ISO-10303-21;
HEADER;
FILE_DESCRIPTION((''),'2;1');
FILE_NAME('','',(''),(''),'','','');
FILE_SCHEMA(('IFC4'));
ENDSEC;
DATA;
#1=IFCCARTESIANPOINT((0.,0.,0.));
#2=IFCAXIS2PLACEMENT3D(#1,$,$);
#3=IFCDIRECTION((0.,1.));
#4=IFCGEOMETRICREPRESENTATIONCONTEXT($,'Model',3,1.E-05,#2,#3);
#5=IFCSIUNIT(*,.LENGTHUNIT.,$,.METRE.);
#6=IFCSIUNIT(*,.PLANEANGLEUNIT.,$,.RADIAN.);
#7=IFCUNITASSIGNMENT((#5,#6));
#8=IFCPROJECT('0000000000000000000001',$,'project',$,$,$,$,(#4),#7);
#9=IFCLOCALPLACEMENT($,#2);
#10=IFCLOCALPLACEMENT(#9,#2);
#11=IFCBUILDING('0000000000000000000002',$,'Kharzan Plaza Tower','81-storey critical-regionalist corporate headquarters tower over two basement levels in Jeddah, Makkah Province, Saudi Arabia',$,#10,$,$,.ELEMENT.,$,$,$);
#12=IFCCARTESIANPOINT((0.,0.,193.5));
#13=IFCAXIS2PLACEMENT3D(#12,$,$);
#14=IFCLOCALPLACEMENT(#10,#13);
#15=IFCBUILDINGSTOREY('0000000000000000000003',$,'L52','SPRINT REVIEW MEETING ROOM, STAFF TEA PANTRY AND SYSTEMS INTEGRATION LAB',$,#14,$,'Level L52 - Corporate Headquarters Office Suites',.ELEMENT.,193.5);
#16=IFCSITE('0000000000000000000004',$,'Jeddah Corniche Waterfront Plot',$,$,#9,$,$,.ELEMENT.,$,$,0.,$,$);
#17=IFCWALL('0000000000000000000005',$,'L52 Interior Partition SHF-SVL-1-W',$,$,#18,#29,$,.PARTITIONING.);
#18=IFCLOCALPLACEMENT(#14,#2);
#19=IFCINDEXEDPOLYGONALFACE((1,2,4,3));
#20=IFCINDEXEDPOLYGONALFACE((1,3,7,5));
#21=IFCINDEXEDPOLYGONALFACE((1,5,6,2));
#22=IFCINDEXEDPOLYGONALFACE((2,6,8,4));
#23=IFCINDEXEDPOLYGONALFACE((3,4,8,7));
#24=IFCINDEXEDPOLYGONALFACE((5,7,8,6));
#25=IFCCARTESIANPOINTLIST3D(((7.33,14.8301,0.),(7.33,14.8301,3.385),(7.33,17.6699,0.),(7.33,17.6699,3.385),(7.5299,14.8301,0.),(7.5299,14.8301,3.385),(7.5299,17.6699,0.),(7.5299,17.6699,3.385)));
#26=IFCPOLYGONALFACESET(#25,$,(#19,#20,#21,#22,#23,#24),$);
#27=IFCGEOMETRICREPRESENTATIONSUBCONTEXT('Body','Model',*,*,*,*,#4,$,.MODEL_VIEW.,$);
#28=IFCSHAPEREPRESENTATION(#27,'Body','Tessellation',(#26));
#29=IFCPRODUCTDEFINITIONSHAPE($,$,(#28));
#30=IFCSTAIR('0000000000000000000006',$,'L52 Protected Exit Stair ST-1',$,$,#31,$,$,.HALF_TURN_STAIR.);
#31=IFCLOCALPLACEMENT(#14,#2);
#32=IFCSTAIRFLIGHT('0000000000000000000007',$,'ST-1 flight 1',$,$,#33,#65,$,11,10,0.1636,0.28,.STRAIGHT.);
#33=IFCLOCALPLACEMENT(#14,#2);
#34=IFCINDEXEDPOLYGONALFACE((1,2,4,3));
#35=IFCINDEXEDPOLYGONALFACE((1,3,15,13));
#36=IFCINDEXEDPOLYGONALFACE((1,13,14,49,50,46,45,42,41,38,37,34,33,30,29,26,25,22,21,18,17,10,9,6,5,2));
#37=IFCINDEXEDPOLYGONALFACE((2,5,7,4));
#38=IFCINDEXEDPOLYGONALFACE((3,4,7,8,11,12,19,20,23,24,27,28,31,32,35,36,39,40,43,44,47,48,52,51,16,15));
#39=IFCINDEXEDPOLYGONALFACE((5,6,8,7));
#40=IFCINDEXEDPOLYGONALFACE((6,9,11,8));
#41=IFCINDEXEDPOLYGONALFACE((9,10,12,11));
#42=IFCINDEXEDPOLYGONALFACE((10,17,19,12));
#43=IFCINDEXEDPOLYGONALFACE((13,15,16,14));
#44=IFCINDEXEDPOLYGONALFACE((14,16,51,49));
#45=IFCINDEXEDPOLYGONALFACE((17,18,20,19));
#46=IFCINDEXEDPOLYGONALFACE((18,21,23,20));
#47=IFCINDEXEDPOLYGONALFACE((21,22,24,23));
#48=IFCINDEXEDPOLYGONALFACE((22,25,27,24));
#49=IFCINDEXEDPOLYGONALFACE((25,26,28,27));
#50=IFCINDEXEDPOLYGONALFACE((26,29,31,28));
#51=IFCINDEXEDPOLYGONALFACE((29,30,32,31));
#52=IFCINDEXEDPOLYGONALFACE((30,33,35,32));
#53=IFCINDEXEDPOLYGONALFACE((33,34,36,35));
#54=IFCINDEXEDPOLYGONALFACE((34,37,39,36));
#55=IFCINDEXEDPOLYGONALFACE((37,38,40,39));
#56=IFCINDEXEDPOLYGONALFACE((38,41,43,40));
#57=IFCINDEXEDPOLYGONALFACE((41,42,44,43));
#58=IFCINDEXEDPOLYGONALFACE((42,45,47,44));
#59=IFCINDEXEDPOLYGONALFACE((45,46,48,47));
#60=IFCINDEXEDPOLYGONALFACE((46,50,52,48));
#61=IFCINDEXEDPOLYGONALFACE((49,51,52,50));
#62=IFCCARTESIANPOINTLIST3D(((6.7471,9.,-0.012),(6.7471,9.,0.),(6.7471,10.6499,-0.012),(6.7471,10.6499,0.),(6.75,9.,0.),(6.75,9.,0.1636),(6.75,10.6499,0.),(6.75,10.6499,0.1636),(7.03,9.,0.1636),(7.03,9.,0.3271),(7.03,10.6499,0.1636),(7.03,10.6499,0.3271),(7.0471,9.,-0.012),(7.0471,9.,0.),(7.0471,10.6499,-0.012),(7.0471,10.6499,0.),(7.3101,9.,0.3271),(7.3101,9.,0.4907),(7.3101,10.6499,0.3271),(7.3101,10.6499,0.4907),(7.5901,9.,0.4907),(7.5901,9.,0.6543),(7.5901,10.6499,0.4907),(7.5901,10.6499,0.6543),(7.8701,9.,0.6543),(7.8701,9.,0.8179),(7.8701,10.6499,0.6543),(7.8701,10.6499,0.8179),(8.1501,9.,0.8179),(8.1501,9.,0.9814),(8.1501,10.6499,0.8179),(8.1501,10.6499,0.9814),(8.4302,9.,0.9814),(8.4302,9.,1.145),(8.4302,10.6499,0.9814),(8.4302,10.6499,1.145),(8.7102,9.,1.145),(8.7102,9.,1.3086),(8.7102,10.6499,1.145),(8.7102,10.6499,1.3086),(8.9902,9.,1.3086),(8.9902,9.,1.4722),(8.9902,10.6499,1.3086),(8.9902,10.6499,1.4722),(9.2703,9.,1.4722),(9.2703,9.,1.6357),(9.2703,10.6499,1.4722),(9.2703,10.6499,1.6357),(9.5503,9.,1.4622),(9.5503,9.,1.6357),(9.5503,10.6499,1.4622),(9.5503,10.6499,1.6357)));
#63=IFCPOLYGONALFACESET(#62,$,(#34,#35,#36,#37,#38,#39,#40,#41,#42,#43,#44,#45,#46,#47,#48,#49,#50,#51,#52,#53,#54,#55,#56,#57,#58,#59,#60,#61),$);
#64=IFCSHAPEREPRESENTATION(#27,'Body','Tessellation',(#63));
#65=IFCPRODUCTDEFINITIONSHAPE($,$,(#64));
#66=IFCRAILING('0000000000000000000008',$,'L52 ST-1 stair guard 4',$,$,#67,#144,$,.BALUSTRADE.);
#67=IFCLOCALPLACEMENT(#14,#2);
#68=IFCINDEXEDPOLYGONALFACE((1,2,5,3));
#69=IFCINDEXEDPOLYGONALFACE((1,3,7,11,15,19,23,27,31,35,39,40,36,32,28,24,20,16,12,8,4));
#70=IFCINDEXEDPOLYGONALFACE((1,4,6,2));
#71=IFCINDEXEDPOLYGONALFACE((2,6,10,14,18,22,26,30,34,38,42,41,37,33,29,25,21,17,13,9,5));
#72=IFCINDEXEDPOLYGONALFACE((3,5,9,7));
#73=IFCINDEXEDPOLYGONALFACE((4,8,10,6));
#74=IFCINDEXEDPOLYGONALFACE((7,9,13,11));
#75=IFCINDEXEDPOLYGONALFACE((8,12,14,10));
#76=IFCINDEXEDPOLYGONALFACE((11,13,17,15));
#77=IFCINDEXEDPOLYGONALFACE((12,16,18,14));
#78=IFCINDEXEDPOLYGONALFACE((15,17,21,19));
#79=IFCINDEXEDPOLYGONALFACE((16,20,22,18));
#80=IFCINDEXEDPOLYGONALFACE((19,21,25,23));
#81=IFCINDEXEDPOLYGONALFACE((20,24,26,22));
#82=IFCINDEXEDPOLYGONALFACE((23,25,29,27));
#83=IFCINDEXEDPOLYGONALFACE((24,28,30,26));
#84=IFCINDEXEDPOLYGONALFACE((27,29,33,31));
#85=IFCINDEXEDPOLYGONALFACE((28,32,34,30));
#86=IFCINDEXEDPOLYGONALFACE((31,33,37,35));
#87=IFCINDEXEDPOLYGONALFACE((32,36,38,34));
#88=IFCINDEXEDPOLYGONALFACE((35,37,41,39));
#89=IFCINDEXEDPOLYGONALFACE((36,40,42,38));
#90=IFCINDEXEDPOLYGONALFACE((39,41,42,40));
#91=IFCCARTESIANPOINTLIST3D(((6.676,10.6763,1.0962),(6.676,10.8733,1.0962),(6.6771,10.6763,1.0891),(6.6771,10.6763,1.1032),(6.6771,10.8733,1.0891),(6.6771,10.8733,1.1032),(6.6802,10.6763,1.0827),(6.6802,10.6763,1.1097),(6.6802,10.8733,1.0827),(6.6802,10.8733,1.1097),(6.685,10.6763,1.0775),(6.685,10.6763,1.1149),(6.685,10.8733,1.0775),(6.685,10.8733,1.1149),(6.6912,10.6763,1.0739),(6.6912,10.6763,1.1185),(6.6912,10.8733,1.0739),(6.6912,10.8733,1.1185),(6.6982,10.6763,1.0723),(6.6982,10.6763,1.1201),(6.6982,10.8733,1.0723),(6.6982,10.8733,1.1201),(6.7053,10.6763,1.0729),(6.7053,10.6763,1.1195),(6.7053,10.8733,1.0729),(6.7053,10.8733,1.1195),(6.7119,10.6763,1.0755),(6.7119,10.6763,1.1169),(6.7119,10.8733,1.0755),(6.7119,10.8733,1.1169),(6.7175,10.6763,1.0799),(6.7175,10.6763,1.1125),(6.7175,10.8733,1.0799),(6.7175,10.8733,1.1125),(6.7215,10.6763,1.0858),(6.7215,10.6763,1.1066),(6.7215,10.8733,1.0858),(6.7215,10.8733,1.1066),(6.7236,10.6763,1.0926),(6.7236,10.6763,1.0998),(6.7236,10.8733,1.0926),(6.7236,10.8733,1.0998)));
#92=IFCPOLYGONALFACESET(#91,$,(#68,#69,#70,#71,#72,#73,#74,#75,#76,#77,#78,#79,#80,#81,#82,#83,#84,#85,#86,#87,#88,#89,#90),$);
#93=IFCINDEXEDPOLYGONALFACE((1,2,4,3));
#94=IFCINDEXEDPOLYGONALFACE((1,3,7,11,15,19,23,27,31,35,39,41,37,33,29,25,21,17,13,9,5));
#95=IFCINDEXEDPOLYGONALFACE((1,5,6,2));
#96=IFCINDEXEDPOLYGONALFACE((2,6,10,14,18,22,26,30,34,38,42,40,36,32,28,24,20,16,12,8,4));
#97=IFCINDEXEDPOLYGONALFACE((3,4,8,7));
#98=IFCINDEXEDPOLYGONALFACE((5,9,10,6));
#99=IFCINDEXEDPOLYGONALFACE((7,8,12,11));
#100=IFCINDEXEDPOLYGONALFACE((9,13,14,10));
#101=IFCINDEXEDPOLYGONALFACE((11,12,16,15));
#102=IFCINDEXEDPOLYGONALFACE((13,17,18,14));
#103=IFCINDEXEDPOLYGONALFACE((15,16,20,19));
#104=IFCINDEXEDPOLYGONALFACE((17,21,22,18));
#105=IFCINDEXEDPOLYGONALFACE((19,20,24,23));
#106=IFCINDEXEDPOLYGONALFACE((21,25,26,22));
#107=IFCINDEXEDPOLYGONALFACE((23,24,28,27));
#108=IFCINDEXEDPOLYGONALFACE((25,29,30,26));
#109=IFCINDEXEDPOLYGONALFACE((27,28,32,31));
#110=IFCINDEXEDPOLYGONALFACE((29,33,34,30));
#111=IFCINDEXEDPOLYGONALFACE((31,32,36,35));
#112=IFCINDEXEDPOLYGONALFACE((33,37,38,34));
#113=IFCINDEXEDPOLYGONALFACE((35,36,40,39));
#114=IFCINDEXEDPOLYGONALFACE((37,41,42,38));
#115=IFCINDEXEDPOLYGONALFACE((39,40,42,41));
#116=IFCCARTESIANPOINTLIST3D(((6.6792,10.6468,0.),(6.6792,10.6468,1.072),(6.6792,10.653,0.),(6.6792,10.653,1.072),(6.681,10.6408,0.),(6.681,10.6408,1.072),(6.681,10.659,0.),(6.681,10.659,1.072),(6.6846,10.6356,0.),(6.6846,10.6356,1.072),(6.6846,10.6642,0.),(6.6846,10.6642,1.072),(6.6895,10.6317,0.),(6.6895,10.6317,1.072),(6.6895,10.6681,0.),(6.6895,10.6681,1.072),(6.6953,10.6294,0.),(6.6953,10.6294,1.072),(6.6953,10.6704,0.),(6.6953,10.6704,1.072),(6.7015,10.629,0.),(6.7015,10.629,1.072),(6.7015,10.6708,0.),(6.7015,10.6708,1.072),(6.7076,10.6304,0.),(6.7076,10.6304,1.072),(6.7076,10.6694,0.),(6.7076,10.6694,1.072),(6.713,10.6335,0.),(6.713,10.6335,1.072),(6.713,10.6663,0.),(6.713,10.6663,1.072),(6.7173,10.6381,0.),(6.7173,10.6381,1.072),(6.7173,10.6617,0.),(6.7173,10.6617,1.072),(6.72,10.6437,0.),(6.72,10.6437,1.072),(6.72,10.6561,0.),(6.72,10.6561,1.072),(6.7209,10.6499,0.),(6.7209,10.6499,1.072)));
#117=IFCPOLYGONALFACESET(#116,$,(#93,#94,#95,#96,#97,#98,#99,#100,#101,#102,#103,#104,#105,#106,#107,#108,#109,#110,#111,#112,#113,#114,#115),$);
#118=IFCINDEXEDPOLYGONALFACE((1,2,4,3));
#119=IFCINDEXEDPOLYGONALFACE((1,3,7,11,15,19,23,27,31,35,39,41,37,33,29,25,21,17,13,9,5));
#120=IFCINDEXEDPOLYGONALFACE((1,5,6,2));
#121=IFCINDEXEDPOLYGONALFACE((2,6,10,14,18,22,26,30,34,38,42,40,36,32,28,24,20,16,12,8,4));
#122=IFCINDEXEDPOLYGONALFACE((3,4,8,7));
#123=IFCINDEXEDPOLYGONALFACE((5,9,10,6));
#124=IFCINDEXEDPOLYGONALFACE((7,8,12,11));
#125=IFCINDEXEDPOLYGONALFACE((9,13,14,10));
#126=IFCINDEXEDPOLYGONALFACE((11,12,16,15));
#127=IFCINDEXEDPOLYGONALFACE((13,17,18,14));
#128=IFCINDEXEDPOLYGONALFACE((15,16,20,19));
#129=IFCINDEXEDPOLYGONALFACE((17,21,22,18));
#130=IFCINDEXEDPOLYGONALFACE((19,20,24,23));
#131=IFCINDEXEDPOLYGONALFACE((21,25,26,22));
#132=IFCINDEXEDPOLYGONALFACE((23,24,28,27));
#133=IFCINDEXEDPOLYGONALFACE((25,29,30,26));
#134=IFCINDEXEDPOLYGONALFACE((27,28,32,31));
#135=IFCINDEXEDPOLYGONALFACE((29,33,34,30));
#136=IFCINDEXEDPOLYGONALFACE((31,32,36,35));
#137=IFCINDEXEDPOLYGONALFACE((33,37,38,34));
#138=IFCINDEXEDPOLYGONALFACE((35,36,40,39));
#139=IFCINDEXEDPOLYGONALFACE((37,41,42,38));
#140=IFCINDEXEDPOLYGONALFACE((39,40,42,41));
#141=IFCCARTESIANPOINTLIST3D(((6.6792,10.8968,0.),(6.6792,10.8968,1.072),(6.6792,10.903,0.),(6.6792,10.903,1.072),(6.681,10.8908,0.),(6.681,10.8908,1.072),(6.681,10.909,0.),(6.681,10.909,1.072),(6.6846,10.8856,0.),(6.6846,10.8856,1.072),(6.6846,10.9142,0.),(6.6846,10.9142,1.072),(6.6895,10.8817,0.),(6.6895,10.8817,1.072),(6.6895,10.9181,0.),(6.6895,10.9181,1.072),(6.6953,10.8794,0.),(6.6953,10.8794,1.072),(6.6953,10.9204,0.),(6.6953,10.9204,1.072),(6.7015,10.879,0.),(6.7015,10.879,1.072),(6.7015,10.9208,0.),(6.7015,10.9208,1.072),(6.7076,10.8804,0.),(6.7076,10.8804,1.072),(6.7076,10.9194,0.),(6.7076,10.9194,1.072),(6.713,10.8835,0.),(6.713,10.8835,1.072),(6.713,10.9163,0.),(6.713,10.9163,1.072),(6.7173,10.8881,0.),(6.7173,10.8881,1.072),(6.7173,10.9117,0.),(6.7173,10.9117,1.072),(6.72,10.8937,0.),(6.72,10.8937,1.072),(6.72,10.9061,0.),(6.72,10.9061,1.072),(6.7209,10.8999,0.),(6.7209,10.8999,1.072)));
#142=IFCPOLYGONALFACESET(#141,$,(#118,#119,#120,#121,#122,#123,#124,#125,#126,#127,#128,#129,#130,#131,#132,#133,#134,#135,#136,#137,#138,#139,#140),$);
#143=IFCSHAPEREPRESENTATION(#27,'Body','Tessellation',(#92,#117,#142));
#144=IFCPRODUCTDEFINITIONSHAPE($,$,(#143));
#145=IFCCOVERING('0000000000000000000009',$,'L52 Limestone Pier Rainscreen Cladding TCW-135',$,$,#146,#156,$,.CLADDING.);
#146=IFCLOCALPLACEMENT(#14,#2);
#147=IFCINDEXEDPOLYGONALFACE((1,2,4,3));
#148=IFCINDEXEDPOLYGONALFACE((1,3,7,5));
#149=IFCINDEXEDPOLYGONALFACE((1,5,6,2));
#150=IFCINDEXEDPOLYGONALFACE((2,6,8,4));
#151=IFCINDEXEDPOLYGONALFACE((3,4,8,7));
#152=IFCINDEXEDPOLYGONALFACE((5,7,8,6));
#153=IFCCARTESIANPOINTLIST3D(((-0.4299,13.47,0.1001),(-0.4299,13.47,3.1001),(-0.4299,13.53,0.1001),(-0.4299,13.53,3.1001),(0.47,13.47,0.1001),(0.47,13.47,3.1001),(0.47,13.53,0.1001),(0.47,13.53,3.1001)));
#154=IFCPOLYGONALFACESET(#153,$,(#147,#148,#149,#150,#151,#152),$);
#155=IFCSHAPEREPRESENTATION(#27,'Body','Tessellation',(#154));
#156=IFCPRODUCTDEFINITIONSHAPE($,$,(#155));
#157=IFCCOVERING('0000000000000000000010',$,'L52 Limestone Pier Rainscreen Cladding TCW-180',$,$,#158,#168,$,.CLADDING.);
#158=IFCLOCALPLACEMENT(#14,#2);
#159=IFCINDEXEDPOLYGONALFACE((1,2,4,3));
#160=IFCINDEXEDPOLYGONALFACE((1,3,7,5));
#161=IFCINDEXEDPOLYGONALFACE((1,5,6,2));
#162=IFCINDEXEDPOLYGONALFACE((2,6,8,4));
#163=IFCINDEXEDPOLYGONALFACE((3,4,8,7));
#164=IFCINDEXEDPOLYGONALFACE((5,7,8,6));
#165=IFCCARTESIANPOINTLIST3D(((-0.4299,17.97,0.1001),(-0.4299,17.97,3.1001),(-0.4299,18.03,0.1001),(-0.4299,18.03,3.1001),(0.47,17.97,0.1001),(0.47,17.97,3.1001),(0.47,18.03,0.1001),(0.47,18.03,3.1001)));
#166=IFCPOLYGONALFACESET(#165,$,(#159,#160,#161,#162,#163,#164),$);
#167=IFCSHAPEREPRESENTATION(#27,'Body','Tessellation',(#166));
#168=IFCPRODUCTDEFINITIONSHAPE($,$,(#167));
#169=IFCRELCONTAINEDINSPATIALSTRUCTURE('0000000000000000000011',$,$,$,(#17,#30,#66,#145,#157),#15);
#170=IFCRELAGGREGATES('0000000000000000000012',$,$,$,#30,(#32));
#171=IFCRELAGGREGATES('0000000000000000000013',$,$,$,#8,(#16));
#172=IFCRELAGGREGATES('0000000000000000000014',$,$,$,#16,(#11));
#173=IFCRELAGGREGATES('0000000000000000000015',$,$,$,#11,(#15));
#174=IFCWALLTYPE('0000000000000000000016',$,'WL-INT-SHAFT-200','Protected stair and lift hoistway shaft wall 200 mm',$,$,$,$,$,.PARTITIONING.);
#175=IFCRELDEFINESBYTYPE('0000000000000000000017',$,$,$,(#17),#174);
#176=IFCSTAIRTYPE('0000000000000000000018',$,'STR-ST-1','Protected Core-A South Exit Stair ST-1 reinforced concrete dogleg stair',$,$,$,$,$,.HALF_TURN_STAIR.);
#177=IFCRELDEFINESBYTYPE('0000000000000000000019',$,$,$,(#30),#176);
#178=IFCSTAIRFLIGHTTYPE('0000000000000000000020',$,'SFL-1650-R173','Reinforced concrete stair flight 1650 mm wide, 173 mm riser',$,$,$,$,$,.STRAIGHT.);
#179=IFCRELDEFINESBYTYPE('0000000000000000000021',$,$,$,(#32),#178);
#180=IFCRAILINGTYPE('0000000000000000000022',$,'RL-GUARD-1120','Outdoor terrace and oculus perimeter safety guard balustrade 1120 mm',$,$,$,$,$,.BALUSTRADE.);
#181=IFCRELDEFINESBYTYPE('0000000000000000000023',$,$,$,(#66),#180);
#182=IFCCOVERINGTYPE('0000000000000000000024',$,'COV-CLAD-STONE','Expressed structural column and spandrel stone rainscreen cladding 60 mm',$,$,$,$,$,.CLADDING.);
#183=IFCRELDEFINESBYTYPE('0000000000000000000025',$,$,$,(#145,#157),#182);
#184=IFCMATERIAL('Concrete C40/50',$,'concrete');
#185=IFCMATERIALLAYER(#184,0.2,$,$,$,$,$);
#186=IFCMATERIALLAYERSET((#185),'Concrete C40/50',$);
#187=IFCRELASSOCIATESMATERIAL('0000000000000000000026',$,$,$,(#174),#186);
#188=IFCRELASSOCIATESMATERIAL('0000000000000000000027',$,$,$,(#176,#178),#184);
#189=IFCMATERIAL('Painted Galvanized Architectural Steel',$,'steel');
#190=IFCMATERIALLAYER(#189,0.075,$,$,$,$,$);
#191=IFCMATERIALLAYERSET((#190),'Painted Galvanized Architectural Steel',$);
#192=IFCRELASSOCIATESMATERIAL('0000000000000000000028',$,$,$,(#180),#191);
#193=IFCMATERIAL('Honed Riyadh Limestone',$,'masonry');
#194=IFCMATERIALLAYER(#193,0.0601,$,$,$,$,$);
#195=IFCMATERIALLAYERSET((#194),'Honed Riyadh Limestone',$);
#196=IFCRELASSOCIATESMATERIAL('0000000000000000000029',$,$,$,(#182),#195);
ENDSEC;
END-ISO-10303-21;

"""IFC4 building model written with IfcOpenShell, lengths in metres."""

from ifc_helpers import new_model, si_unit, direction, frame, frame_2d, origin, origin_2d, place, context, subcontext, project, spatial, polyline, rectangle, circle, outline, extrude, source, transform, mapped, material, layer, layer_set, type_object, element, aggregate, save


model = new_model("IFC4")

# Units and contexts
model_context = context("Model", 3, precision=1e-05, world=origin(), true_north=direction((0.0, 1.0)))
body_context = subcontext(model_context, "Body", "Model", "MODEL_VIEW")
ifc_project = project(units=[si_unit("LENGTHUNIT", "METRE"), si_unit("PLANEANGLEUNIT", "RADIAN")], contexts=[model_context])

# Site, building, storey
site_placement = place(None, origin())
site = spatial("IfcSite", under=ifc_project, at=site_placement, Name="Jeddah Corniche Waterfront Plot", CompositionType="ELEMENT", RefElevation=0.0)
building_placement = place(site_placement, origin())
building = spatial("IfcBuilding", under=site, at=building_placement, Name="Kharzan Plaza Tower", Description="81-storey critical-regionalist corporate headquarters tower over two basement levels in Jeddah, Makkah Province, Saudi Arabia", CompositionType="ELEMENT")
storey_placement = place(building_placement, frame((0.0, 0.0, 193.5)))
storey = spatial("IfcBuildingStorey", under=building, at=storey_placement, Name="L52", Description="SPRINT REVIEW MEETING ROOM, STAFF TEA PANTRY AND SYSTEMS INTEGRATION LAB", LongName="Level L52 - Corporate Headquarters Office Suites", CompositionType="ELEMENT", Elevation=193.5)

# Shared definitions
ifc_material_1 = material(Name="Concrete C40/50", Category="concrete")

# Wall
ifc_layer_1 = layer(ifc_material_1, 0.2)
ifc_layer_set_1 = layer_set([ifc_layer_1], Name="Concrete C40/50")
wall_type_1 = type_object("IfcWallType", Name="WL-INT-SHAFT-200", Description="Protected stair and lift hoistway shaft wall 200 mm", PredefinedType="PARTITIONING", material=ifc_layer_set_1)
shared_shape_1 = source(origin(), body_context, "Body", "SweptSolid", [
    extrude(rectangle(XDim=2.8398, YDim=0.2, at=frame_2d((1.4199, 0.0))), origin(), (0.0, 0.0, 1.0), 3.385),
])
wall_1_placement = place(storey_placement, frame((7.4299, 14.8301, 0.0), z_axis=(0.0, 0.0, 1.0), x_axis=(0.0, 1.0, 0.0)))
element("IfcWall", 1, at=wall_1_placement, inside=storey, type_object=wall_type_1, Name="L52 Interior Partition SHF-SVL-1-W", PredefinedType="PARTITIONING", context=body_context, shape_type="MappedRepresentation", body=[
    mapped(shared_shape_1, transform((0.0, 0.0, 0.0), x_axis=(1.0, 0.0, 0.0), y_axis=(0.0, 1.0, 0.0), z_axis=(0.0, 0.0, 1.0))),
])

# Stair, stair flight
stair_type = type_object("IfcStairType", Name="STR-ST-1", Description="Protected Core-A South Exit Stair ST-1 reinforced concrete dogleg stair", PredefinedType="HALF_TURN_STAIR", material=ifc_material_1)
stair_placement = place(storey_placement, origin())
stair = element("IfcStair", 2, at=stair_placement, inside=storey, type_object=stair_type, Name="L52 Protected Exit Stair ST-1", PredefinedType="HALF_TURN_STAIR")
stair_flight_type = type_object("IfcStairFlightType", Name="SFL-1650-R173", Description="Reinforced concrete stair flight 1650 mm wide, 173 mm riser", PredefinedType="STRAIGHT", material=ifc_material_1)
shared_shape_2 = source(origin(), body_context, "Body", "SweptSolid", [
    extrude(outline(polyline([(-0.0029, -0.012), (-0.0029, 0.0), (0.0, 0.0), (0.0, 0.1636), (0.28, 0.1636), (0.28, 0.3271), (0.5601, 0.3271), (0.5601, 0.4907), (0.8401, 0.4907), (0.8401, 0.6543), (1.1201, 0.6543), (1.1201, 0.8179), (1.4001, 0.8179), (1.4001, 0.9814), (1.6802, 0.9814), (1.6802, 1.145), (1.9602, 1.145), (1.9602, 1.3086), (2.2402, 1.3086), (2.2402, 1.4722), (2.5203, 1.4722), (2.5203, 1.6357), (2.8003, 1.6357), (2.8003, 1.7993), (2.8003, 1.4622), (0.2971, 0.0), (0.2971, -0.012), (-0.0029, -0.012)])), frame((0.0, 0.825, 0.0), z_axis=(0.0, -1.0, 0.0), x_axis=(1.0, 0.0, 0.0)), (0.0, 0.0, 1.0), 1.6499),
])
stair_flight_placement = place(storey_placement, frame((6.75, 9.825, 0.0), z_axis=(0.0, 0.0, 1.0), x_axis=(1.0, 0.0, 0.0)))
stair_flight = element("IfcStairFlight", 3, at=stair_flight_placement, type_object=stair_flight_type, Name="ST-1 flight 1", NumberOfRisers=11, NumberOfTreads=10, PredefinedType="STRAIGHT", RiserHeight=0.1636, TreadLength=0.28, context=body_context, shape_type="MappedRepresentation", body=[
    mapped(shared_shape_2, transform((0.0, 0.0, 0.0), x_axis=(1.0, 0.0, 0.0), y_axis=(0.0, 1.0, 0.0), z_axis=(0.0, 0.0, 1.0))),
])
aggregate(stair, [stair_flight])

# Railing
ifc_material_2 = material(Name="Painted Galvanized Architectural Steel", Category="steel")
ifc_layer_2 = layer(ifc_material_2, 0.075)
ifc_layer_set_2 = layer_set([ifc_layer_2], Name="Painted Galvanized Architectural Steel")
railing_type_1 = type_object("IfcRailingType", Name="RL-GUARD-1120", Description="Outdoor terrace and oculus perimeter safety guard balustrade 1120 mm", PredefinedType="BALUSTRADE", material=ifc_layer_set_2)
shared_shape_3 = source(origin(), body_context, "Body", "SweptSolid", [
    extrude(circle(Radius=0.0239, at=origin_2d()), frame((0.0, 0.0264, 1.0962), z_axis=(0.0, 1.0, 0.0), x_axis=(-1.0, 0.0, 0.0)), (0.0, 0.0, 1.0), 0.197),
    extrude(circle(Radius=0.021, at=origin_2d()), origin(), (0.0, 0.0, 1.0), 1.072),
    extrude(circle(Radius=0.021, at=origin_2d()), frame((0.0, 0.25, 0.0)), (0.0, 0.0, 1.0), 1.072),
])
railing_1_placement = place(storey_placement, frame((6.7, 10.6499, 0.0)))
element("IfcRailing", 4, at=railing_1_placement, inside=storey, type_object=railing_type_1, Name="L52 ST-1 stair guard 4", PredefinedType="BALUSTRADE", context=body_context, shape_type="MappedRepresentation", body=[
    mapped(shared_shape_3, transform((0.0, 0.0, 0.0), x_axis=(1.0, 0.0, 0.0), y_axis=(0.0, 1.0, 0.0), z_axis=(0.0, 0.0, 1.0))),
])

# Coverings
ifc_material_3 = material(Name="Honed Riyadh Limestone", Category="masonry")
ifc_layer_3 = layer(ifc_material_3, 0.0601)
ifc_layer_set_3 = layer_set([ifc_layer_3], Name="Honed Riyadh Limestone")
covering_type = type_object("IfcCoveringType", Name="COV-CLAD-STONE", Description="Expressed structural column and spandrel stone rainscreen cladding 60 mm", PredefinedType="CLADDING", material=ifc_layer_set_3)
shared_shape_4 = source(origin(), body_context, "Body", "SweptSolid", [
    extrude(rectangle(XDim=0.0601, YDim=0.8999, at=origin_2d()), origin(), (0.0, 0.0, 1.0), 3.0),
])
for number, where, z_axis, x_axis, name in (
    (5, (0.02, 13.5, 0.1001), (0.0, 0.0, 1.0), (0.0, 1.0, 0.0), "L52 Limestone Pier Rainscreen Cladding TCW-135"),
    (6, (0.02, 18.0, 0.1001), (0.0, 0.0, 1.0), (0.0, 1.0, 0.0), "L52 Limestone Pier Rainscreen Cladding TCW-180"),
):
    element("IfcCovering", number, at=place(storey_placement, frame(where, z_axis=z_axis, x_axis=x_axis)), inside=storey, type_object=covering_type, Name=name, PredefinedType="CLADDING", context=body_context, shape_type="MappedRepresentation", body=[
        mapped(shared_shape_4, transform((0.0, 0.0, 0.0), x_axis=(1.0, 0.0, 0.0), y_axis=(0.0, 1.0, 0.0), z_axis=(0.0, 0.0, 1.0))),
    ])

save(model, "model.ifc")
